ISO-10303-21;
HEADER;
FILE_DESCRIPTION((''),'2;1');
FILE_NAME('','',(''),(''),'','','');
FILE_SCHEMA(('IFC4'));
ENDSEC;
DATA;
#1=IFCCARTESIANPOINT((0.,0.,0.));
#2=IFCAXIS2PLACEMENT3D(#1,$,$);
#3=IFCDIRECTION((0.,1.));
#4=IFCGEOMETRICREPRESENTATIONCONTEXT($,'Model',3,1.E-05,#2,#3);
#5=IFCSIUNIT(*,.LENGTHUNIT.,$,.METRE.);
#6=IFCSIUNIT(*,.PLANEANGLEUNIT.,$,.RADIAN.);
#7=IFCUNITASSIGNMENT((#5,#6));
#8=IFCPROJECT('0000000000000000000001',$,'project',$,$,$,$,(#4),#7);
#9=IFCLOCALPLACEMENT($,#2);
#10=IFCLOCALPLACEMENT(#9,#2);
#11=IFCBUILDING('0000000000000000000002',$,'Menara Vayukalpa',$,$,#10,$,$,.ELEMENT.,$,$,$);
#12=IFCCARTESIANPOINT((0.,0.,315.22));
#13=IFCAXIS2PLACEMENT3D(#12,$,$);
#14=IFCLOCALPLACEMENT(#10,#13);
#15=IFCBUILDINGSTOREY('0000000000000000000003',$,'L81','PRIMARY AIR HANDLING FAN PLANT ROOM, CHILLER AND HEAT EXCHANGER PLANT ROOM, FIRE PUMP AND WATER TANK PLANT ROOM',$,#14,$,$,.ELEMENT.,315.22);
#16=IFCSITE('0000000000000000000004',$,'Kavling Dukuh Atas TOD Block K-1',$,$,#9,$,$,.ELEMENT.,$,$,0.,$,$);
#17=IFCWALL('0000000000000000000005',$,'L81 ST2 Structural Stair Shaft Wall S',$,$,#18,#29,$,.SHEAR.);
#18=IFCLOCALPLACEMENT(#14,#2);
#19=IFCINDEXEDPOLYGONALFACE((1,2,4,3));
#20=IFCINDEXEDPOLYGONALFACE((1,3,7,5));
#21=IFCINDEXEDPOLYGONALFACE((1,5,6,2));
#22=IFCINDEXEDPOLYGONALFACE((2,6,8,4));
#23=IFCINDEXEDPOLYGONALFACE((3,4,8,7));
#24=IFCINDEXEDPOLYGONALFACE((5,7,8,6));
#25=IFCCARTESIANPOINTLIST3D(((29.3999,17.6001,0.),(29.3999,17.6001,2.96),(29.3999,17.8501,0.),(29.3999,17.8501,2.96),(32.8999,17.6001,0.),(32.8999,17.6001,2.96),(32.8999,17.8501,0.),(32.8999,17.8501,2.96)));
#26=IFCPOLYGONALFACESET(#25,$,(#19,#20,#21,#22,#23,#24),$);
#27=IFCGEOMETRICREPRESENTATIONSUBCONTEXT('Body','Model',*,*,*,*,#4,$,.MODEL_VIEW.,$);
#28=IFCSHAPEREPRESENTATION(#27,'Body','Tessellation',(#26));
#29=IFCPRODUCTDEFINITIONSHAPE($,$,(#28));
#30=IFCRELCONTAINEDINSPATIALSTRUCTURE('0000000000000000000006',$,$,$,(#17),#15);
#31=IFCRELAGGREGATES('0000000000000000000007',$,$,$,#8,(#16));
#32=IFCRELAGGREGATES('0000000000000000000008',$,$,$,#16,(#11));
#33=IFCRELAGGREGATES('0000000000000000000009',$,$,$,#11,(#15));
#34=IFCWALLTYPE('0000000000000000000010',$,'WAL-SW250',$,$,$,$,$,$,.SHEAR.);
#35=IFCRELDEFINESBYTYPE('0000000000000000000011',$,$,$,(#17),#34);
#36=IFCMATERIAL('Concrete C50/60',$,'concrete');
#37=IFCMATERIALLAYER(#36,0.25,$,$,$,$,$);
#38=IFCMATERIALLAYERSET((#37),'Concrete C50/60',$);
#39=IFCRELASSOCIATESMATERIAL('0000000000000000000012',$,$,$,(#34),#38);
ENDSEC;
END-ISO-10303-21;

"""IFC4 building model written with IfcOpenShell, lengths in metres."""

from ifc_helpers import new_model, si_unit, direction, frame, frame_2d, origin, place, context, subcontext, project, spatial, rectangle, extrude, material, layer, layer_set, type_object, element, save


model = new_model("IFC4")

# Units and contexts
model_context = context("Model", 3, precision=1e-05, world=origin(), true_north=direction((0.0, 1.0)))
body_context = subcontext(model_context, "Body", "Model", "MODEL_VIEW")
ifc_project = project(units=[si_unit("LENGTHUNIT", "METRE"), si_unit("PLANEANGLEUNIT", "RADIAN")], contexts=[model_context])

# Site, building, storey
site_placement = place(None, origin())
site = spatial("IfcSite", under=ifc_project, at=site_placement, Name="Kavling Dukuh Atas TOD Block K-1", CompositionType="ELEMENT", RefElevation=0.0)
building_placement = place(site_placement, origin())
building = spatial("IfcBuilding", under=site, at=building_placement, Name="Menara Vayukalpa", CompositionType="ELEMENT")
storey_placement = place(building_placement, frame((0.0, 0.0, 315.22)))
storey = spatial("IfcBuildingStorey", under=building, at=storey_placement, Name="L81", Description="PRIMARY AIR HANDLING FAN PLANT ROOM, CHILLER AND HEAT EXCHANGER PLANT ROOM, FIRE PUMP AND WATER TANK PLANT ROOM", CompositionType="ELEMENT", Elevation=315.22)

# Shared definitions
ifc_material_1 = material(Name="Concrete C50/60", Category="concrete")
ifc_layer_1 = layer(ifc_material_1, 0.25)
ifc_layer_set_1 = layer_set([ifc_layer_1], Name="Concrete C50/60")
wall_type_1 = type_object("IfcWallType", Name="WAL-SW250", PredefinedType="SHEAR", material=ifc_layer_set_1)

# Wall
wall_1_placement = place(storey_placement, frame((29.3999, 17.7251, 0.0), z_axis=(0.0, 0.0, 1.0), x_axis=(1.0, 0.0, 0.0)))
element("IfcWall", 1, at=wall_1_placement, inside=storey, type_object=wall_type_1, Name="L81 ST2 Structural Stair Shaft Wall S", PredefinedType="SHEAR", context=body_context, shape_type="SweptSolid", body=[
    extrude(rectangle(XDim=3.5, YDim=0.25, at=frame_2d((1.75, 0.0))), origin(), (0.0, 0.0, 1.0), 2.96),
])

save(model, "model.ifc")
